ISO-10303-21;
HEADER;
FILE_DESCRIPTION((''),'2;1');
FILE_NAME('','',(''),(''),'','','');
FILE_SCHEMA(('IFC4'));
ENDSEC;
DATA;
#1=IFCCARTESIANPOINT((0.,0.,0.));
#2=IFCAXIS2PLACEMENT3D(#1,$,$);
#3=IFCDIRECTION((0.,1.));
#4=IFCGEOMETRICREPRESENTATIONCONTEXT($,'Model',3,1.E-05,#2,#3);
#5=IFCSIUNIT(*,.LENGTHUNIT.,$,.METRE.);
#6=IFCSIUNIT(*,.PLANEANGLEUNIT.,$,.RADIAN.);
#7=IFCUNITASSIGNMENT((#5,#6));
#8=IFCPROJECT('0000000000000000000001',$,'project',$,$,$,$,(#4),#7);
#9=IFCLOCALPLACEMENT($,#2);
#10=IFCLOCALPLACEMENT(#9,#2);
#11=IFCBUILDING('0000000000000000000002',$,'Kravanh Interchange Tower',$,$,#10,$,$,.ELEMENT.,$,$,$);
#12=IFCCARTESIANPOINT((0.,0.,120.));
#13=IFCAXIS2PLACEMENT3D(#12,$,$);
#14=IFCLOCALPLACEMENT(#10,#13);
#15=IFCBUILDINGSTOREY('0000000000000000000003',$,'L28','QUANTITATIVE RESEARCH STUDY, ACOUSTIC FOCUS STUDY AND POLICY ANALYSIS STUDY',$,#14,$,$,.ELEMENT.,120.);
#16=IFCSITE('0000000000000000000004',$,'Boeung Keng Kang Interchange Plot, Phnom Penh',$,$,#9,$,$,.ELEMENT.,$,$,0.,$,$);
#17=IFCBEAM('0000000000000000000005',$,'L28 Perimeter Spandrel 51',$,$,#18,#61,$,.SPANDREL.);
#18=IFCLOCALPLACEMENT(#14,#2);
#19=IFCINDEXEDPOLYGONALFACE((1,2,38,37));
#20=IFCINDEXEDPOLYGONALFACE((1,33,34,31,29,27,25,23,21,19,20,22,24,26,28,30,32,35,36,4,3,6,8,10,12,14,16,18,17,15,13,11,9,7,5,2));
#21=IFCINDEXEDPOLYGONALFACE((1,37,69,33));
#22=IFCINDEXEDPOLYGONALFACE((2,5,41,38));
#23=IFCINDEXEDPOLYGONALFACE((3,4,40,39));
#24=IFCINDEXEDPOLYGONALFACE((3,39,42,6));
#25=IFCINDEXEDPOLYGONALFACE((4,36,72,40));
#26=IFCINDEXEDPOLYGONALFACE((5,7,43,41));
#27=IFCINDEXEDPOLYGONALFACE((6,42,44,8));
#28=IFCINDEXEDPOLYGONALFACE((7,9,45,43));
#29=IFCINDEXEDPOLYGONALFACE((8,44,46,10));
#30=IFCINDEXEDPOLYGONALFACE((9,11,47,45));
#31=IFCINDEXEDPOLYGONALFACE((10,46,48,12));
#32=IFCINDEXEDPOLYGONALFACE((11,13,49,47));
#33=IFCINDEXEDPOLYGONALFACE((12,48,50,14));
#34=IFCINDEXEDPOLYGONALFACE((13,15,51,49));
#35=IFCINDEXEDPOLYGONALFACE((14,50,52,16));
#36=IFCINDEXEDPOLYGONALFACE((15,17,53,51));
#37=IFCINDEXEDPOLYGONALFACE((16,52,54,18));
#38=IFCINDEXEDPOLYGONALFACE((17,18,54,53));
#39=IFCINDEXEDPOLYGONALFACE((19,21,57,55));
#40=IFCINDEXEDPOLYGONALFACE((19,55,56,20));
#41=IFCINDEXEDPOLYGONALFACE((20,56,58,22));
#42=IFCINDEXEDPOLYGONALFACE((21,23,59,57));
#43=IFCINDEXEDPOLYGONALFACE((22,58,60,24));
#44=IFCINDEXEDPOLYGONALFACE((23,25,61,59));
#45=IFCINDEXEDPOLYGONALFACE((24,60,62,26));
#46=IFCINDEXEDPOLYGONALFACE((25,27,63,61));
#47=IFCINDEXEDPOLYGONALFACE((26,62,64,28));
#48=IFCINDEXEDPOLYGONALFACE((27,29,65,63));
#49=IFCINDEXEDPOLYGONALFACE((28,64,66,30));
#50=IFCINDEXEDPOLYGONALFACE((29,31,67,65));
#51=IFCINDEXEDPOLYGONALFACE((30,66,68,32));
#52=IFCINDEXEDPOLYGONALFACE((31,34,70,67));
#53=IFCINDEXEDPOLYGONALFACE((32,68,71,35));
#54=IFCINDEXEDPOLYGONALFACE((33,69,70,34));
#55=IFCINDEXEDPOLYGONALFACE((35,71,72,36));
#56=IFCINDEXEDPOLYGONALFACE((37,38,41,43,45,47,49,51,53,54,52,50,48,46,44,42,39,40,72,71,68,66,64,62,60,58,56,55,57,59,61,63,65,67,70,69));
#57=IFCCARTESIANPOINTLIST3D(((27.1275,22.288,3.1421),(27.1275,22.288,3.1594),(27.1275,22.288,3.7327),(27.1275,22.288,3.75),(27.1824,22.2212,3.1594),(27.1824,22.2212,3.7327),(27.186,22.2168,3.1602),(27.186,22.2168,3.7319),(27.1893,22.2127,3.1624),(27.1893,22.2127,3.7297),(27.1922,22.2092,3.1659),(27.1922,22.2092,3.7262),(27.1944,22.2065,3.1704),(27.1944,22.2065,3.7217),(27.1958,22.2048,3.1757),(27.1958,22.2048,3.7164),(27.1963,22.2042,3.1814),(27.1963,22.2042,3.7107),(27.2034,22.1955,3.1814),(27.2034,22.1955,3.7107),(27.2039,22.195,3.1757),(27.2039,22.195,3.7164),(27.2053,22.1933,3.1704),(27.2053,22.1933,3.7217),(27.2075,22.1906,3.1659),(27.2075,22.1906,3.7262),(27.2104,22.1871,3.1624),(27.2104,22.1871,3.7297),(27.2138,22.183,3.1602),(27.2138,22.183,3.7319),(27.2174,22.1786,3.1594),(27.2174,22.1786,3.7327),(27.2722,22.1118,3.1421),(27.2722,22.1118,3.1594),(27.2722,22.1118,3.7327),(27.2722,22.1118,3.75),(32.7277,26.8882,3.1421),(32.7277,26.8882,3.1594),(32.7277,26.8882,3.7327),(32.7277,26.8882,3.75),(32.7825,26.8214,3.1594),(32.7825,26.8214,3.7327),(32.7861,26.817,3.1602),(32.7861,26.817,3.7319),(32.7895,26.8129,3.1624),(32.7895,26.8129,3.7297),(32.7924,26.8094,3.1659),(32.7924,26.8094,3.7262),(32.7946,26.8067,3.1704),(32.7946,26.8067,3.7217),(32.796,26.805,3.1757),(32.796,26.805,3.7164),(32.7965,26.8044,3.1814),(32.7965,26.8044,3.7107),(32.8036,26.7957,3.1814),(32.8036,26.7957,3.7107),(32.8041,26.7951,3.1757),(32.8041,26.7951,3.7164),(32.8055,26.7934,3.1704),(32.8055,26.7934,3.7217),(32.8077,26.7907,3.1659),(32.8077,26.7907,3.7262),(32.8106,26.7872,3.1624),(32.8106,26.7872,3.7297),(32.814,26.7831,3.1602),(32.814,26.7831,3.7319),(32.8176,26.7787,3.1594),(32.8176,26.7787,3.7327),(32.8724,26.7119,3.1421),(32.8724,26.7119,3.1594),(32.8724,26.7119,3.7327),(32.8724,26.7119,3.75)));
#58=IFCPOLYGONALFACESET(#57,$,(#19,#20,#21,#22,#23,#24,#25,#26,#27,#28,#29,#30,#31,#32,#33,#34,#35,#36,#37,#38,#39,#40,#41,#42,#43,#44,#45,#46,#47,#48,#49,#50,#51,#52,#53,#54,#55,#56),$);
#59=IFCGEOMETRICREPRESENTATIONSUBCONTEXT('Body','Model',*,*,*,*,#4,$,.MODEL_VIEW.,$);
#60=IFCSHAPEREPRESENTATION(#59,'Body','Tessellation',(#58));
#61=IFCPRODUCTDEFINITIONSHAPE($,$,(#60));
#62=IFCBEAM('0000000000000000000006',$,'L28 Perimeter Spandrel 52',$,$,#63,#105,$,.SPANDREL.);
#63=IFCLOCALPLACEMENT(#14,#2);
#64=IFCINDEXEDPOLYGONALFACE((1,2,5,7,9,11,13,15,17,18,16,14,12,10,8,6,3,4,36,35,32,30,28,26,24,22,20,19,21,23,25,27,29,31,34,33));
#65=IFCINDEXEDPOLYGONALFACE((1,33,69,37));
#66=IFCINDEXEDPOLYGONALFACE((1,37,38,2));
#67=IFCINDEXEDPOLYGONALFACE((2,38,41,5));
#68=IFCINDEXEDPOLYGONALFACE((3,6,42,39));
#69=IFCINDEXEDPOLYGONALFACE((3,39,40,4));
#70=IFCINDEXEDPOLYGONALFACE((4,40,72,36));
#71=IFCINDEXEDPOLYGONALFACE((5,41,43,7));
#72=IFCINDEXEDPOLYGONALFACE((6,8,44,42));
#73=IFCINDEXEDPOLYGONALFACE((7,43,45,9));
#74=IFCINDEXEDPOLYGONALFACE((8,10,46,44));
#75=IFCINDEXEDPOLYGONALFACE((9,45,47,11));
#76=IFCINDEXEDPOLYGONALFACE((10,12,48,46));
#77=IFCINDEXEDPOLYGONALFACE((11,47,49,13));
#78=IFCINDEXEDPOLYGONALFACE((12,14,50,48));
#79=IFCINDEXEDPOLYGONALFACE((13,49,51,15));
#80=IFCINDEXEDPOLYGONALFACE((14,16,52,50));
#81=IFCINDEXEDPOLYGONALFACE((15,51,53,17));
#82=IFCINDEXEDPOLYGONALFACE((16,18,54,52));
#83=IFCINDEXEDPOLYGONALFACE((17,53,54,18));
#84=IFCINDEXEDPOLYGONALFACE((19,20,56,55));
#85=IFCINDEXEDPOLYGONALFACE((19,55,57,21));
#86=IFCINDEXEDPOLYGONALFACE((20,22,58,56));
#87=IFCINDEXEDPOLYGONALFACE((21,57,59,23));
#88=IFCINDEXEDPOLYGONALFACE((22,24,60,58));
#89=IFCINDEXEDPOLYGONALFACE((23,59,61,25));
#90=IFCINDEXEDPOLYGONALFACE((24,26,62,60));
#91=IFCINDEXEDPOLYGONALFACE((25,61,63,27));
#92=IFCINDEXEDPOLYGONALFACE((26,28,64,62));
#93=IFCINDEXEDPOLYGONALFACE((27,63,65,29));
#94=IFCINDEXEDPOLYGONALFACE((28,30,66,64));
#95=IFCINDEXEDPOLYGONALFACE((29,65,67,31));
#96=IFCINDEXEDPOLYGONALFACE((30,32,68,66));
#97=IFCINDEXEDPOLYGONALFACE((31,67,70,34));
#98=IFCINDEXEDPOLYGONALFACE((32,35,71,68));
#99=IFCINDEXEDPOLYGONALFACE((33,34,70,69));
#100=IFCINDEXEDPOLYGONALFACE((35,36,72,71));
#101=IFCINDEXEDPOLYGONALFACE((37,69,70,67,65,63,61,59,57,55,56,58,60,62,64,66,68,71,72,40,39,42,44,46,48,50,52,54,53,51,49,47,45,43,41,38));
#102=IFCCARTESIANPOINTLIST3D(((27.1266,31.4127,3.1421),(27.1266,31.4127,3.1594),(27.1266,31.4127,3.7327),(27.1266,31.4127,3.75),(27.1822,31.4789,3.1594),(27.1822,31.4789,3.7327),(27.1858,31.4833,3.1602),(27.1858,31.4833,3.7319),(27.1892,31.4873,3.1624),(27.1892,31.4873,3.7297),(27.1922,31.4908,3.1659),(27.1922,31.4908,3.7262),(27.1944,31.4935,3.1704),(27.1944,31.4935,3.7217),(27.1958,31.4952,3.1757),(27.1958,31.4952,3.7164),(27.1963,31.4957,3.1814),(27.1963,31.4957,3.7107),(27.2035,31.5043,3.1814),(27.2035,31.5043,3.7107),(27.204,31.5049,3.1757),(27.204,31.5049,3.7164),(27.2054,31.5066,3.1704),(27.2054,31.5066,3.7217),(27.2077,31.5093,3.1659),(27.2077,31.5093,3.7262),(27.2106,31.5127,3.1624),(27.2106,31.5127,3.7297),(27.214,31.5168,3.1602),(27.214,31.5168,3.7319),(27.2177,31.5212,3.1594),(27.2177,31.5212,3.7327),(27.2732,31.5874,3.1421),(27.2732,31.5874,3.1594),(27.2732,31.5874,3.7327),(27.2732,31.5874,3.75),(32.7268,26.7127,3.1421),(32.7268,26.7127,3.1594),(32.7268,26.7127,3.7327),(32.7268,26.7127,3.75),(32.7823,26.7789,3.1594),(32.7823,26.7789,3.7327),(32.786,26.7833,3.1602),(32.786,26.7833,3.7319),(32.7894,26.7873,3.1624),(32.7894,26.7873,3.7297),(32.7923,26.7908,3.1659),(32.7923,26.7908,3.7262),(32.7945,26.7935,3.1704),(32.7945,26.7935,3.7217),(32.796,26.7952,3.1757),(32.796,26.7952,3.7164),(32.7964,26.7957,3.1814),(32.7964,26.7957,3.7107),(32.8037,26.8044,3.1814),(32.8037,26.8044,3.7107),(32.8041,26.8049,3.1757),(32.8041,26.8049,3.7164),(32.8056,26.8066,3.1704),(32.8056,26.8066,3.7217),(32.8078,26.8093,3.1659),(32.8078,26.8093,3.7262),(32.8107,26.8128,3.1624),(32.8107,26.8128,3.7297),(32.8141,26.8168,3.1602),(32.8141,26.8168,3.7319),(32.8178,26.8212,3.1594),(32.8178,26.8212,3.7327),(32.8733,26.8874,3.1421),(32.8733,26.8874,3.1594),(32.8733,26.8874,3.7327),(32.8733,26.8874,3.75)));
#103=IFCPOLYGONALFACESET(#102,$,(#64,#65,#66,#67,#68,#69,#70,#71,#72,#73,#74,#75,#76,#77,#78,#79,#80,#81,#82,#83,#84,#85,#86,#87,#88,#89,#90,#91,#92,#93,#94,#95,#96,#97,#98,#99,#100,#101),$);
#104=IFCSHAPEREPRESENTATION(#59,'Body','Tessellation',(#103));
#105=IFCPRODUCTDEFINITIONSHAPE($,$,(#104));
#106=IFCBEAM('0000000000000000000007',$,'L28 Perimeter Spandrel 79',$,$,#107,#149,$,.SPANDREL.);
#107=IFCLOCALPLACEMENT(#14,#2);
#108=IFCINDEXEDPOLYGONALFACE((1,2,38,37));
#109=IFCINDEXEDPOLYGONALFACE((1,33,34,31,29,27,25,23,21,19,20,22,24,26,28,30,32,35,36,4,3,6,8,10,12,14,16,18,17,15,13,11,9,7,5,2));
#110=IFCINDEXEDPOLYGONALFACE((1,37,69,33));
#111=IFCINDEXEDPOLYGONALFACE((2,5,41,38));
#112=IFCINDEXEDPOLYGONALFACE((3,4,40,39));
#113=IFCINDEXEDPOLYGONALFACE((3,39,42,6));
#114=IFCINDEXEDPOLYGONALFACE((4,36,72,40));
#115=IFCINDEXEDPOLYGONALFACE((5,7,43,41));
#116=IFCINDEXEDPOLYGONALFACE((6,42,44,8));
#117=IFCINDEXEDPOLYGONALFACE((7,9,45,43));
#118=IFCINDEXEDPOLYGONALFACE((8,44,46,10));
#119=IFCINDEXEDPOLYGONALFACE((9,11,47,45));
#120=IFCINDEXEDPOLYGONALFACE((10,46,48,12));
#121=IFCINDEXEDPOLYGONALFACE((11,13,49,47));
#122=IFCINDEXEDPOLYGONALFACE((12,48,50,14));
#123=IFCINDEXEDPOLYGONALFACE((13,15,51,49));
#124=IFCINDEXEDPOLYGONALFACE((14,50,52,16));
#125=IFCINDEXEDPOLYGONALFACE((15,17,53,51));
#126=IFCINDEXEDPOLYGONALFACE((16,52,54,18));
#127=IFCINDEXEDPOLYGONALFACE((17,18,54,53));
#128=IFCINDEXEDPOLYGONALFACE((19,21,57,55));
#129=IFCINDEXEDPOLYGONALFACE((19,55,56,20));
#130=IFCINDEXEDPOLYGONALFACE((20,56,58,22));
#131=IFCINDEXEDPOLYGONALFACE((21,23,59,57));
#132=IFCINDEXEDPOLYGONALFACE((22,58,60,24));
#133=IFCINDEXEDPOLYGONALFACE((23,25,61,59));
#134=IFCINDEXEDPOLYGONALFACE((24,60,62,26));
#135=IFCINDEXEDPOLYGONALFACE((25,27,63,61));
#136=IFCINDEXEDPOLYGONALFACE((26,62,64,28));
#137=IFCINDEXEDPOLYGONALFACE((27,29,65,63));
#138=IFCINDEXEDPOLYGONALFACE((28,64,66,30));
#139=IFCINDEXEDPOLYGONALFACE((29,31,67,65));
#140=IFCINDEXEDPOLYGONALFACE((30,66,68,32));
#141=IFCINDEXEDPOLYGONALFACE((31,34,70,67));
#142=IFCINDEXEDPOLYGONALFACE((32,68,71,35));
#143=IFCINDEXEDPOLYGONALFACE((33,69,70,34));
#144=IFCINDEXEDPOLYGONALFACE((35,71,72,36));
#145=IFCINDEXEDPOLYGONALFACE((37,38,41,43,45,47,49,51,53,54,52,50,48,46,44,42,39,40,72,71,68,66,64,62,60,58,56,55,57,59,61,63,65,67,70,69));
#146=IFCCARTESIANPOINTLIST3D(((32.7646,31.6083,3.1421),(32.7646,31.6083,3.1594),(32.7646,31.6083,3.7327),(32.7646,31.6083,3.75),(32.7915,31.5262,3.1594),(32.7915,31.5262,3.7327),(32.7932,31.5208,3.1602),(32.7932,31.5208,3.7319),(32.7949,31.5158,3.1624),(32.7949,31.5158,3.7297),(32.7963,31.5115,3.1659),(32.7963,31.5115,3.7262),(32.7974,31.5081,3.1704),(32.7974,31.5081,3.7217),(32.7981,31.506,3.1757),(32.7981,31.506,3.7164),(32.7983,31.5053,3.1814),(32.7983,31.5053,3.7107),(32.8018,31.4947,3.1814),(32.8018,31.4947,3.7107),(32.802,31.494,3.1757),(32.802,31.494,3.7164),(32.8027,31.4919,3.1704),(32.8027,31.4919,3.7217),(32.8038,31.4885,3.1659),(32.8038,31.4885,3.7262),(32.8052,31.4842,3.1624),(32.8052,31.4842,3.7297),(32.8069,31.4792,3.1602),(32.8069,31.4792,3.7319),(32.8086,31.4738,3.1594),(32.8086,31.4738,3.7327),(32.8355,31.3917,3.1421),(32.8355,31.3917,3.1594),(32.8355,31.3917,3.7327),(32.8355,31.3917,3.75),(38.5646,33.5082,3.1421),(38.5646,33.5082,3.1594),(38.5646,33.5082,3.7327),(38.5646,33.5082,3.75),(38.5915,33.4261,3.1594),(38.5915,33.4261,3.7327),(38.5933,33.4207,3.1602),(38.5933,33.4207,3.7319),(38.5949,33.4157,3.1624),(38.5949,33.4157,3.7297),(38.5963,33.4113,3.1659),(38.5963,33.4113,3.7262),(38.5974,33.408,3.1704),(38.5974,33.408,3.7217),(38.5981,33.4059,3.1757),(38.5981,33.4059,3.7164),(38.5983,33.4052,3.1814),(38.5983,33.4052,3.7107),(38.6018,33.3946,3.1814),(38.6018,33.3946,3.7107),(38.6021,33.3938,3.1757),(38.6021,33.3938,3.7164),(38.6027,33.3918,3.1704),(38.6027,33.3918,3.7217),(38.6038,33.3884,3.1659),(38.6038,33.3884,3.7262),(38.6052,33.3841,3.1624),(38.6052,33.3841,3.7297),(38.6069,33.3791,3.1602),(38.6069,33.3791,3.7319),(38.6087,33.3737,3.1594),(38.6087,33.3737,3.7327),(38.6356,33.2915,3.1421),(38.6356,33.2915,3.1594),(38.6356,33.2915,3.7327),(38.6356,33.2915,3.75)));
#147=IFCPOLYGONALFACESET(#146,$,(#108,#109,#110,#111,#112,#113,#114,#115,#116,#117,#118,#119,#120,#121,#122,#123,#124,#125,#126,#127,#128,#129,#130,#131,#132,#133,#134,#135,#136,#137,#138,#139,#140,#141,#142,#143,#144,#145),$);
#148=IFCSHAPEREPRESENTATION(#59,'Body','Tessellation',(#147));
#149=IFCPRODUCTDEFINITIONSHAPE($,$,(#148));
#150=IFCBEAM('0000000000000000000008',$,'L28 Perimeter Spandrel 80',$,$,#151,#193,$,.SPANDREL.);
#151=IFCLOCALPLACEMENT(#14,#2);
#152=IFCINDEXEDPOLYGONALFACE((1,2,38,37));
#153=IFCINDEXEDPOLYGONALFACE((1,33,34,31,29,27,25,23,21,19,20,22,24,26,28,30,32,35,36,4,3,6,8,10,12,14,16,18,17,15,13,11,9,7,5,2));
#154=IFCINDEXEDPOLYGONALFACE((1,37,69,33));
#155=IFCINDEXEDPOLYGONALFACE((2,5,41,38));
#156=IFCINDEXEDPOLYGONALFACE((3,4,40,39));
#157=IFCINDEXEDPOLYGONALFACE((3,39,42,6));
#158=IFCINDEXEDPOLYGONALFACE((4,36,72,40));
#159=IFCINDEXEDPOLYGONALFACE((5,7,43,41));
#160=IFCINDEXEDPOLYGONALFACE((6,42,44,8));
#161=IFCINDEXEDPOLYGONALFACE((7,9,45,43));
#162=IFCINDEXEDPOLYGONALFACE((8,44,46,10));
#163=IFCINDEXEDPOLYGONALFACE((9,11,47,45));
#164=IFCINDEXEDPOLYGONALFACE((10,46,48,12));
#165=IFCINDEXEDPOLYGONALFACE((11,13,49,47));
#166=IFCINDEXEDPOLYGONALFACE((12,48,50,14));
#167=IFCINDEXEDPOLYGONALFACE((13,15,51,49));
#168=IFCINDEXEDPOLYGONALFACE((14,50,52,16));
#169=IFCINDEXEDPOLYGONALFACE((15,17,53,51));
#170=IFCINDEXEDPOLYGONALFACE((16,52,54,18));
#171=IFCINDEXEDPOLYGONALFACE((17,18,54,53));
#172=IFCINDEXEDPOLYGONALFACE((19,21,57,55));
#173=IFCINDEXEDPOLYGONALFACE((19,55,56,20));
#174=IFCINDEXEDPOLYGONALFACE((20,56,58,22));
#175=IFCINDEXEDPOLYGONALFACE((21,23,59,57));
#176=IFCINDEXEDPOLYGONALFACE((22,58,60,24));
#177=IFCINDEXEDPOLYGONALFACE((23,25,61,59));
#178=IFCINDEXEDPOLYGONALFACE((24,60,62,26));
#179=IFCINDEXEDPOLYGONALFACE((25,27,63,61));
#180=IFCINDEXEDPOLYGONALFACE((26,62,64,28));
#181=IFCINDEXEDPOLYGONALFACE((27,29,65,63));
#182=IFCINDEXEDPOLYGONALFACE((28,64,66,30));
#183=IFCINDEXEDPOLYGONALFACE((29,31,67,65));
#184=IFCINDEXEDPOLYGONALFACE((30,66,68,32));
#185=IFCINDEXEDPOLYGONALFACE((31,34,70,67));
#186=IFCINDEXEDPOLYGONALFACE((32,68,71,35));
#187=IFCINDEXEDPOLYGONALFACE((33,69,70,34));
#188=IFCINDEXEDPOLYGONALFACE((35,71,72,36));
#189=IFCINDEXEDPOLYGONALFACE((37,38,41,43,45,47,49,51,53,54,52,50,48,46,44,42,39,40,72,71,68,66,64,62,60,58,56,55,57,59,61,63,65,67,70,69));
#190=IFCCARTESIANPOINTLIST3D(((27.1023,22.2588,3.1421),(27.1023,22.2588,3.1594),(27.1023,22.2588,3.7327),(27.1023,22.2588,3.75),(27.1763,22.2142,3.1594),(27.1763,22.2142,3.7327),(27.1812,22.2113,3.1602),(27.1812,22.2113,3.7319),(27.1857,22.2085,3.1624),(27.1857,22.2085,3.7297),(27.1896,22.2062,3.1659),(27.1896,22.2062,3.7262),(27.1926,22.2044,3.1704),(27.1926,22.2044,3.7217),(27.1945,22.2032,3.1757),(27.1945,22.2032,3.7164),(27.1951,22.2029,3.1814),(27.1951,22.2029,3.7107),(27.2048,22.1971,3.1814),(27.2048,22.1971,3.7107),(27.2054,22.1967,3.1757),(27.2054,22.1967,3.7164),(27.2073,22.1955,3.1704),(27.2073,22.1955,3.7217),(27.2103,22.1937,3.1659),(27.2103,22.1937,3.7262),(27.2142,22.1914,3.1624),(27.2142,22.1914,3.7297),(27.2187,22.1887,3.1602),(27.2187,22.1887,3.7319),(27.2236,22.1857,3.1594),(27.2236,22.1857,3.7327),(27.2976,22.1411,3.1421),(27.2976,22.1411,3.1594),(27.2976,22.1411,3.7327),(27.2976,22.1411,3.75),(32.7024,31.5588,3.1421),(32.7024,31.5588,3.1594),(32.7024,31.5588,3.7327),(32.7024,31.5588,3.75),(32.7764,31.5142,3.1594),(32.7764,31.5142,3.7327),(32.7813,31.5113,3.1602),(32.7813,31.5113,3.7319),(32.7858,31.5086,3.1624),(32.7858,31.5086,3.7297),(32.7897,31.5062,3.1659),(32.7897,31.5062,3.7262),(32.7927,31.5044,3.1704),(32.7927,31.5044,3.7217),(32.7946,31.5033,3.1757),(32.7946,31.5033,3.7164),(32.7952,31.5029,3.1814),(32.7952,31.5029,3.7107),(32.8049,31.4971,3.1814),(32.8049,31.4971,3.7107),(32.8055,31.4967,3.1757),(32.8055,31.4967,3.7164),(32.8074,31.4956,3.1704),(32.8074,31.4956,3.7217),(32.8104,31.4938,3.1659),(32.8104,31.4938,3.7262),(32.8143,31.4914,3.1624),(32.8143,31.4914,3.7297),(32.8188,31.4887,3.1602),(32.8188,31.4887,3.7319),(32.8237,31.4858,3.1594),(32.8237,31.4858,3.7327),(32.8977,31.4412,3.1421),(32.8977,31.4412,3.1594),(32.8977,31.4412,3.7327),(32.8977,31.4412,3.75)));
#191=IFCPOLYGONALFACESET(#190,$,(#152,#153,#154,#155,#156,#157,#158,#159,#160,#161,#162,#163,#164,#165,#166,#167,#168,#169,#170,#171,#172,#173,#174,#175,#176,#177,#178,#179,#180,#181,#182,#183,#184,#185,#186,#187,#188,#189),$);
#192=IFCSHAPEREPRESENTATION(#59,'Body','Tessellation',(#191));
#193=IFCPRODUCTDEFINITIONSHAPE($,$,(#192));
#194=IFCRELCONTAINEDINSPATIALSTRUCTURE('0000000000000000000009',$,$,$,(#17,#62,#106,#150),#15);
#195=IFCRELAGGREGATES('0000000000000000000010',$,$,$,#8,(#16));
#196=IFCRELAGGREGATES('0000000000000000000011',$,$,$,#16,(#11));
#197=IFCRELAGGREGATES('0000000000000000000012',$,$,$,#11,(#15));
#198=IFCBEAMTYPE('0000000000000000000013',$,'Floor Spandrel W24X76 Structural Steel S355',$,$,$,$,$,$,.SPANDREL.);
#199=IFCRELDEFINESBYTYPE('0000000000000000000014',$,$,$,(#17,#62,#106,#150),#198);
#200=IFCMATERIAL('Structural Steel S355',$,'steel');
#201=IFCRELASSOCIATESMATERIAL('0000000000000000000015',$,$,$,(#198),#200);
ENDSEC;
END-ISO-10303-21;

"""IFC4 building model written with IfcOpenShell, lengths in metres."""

from ifc_helpers import new_model, si_unit, direction, frame, origin, origin_2d, place, context, subcontext, project, spatial, i_section, extrude, material, material_profile, profile_set, type_object, element, save


model = new_model("IFC4")

# Units and contexts
model_context = context("Model", 3, precision=1e-05, world=origin(), true_north=direction((0.0, 1.0)))
body_context = subcontext(model_context, "Body", "Model", "MODEL_VIEW")
ifc_project = project(units=[si_unit("LENGTHUNIT", "METRE"), si_unit("PLANEANGLEUNIT", "RADIAN")], contexts=[model_context])

# Site, building, storey
site_placement = place(None, origin())
site = spatial("IfcSite", under=ifc_project, at=site_placement, Name="Boeung Keng Kang Interchange Plot, Phnom Penh", CompositionType="ELEMENT", RefElevation=0.0)
building_placement = place(site_placement, origin())
building = spatial("IfcBuilding", under=site, at=building_placement, Name="Kravanh Interchange Tower", CompositionType="ELEMENT")
storey_placement = place(building_placement, frame((0.0, 0.0, 120.0)))
storey = spatial("IfcBuildingStorey", under=building, at=storey_placement, Name="L28", Description="QUANTITATIVE RESEARCH STUDY, ACOUSTIC FOCUS STUDY AND POLICY ANALYSIS STUDY", CompositionType="ELEMENT", Elevation=120.0)

# Beams
ifc_material_1 = material(Name="Structural Steel S355", Category="steel")
ifc_material_profile_1 = material_profile(ifc_material_1, i_section(OverallWidth=0.228, OverallDepth=0.6079, WebThickness=0.0112, FlangeThickness=0.0173, FilletRadius=0.022, at=origin_2d()), Name="W24X76")
ifc_profile_set_1 = profile_set([ifc_material_profile_1], Name="Structural Steel S355")
beam_type_1 = type_object("IfcBeamType", Name="Floor Spandrel W24X76 Structural Steel S355", PredefinedType="SPANDREL", material=ifc_profile_set_1)
beam_1_placement = place(storey_placement, frame((32.8, 26.8, 3.446), z_axis=(-0.772725, -0.634741, 0.0), x_axis=(0.634741, -0.772725, 0.0)))
element("IfcBeam", 1, at=beam_1_placement, inside=storey, type_object=beam_type_1, Name="L28 Perimeter Spandrel 51", PredefinedType="SPANDREL", context=body_context, shape_type="SweptSolid", body=[
    extrude(i_section(OverallWidth=0.228, OverallDepth=0.6079, WebThickness=0.0112, FlangeThickness=0.0173, FilletRadius=0.022, at=origin_2d()), origin(), (0.0, 0.0, 1.0), 7.2473),
])
beam_2_placement = place(storey_placement, frame((32.8, 26.8, 3.446), z_axis=(-0.765983, 0.642861, 0.0), x_axis=(-0.642861, -0.765983, 0.0)))
element("IfcBeam", 2, at=beam_2_placement, inside=storey, type_object=beam_type_1, Name="L28 Perimeter Spandrel 52", PredefinedType="SPANDREL", context=body_context, shape_type="SweptSolid", body=[
    extrude(i_section(OverallWidth=0.228, OverallDepth=0.6079, WebThickness=0.0112, FlangeThickness=0.0173, FilletRadius=0.022, at=origin_2d()), origin(), (0.0, 0.0, 1.0), 7.311),
])
beam_3_placement = place(storey_placement, frame((32.8, 31.5, 3.446), z_axis=(0.950315, 0.311291, 0.0), x_axis=(-0.311291, 0.950315, 0.0)))
element("IfcBeam", 3, at=beam_3_placement, inside=storey, type_object=beam_type_1, Name="L28 Perimeter Spandrel 79", PredefinedType="SPANDREL", context=body_context, shape_type="SweptSolid", body=[
    extrude(i_section(OverallWidth=0.228, OverallDepth=0.6079, WebThickness=0.0112, FlangeThickness=0.0173, FilletRadius=0.022, at=origin_2d()), origin(), (0.0, 0.0, 1.0), 6.1033),
])
beam_4_placement = place(storey_placement, frame((32.8, 31.5, 3.446), z_axis=(-0.515854, -0.856676, 0.0), x_axis=(0.856676, -0.515854, 0.0)))
element("IfcBeam", 4, at=beam_4_placement, inside=storey, type_object=beam_type_1, Name="L28 Perimeter Spandrel 80", PredefinedType="SPANDREL", context=body_context, shape_type="SweptSolid", body=[
    extrude(i_section(OverallWidth=0.228, OverallDepth=0.6079, WebThickness=0.0112, FlangeThickness=0.0173, FilletRadius=0.022, at=origin_2d()), origin(), (0.0, 0.0, 1.0), 10.856),
])

save(model, "model.ifc")
